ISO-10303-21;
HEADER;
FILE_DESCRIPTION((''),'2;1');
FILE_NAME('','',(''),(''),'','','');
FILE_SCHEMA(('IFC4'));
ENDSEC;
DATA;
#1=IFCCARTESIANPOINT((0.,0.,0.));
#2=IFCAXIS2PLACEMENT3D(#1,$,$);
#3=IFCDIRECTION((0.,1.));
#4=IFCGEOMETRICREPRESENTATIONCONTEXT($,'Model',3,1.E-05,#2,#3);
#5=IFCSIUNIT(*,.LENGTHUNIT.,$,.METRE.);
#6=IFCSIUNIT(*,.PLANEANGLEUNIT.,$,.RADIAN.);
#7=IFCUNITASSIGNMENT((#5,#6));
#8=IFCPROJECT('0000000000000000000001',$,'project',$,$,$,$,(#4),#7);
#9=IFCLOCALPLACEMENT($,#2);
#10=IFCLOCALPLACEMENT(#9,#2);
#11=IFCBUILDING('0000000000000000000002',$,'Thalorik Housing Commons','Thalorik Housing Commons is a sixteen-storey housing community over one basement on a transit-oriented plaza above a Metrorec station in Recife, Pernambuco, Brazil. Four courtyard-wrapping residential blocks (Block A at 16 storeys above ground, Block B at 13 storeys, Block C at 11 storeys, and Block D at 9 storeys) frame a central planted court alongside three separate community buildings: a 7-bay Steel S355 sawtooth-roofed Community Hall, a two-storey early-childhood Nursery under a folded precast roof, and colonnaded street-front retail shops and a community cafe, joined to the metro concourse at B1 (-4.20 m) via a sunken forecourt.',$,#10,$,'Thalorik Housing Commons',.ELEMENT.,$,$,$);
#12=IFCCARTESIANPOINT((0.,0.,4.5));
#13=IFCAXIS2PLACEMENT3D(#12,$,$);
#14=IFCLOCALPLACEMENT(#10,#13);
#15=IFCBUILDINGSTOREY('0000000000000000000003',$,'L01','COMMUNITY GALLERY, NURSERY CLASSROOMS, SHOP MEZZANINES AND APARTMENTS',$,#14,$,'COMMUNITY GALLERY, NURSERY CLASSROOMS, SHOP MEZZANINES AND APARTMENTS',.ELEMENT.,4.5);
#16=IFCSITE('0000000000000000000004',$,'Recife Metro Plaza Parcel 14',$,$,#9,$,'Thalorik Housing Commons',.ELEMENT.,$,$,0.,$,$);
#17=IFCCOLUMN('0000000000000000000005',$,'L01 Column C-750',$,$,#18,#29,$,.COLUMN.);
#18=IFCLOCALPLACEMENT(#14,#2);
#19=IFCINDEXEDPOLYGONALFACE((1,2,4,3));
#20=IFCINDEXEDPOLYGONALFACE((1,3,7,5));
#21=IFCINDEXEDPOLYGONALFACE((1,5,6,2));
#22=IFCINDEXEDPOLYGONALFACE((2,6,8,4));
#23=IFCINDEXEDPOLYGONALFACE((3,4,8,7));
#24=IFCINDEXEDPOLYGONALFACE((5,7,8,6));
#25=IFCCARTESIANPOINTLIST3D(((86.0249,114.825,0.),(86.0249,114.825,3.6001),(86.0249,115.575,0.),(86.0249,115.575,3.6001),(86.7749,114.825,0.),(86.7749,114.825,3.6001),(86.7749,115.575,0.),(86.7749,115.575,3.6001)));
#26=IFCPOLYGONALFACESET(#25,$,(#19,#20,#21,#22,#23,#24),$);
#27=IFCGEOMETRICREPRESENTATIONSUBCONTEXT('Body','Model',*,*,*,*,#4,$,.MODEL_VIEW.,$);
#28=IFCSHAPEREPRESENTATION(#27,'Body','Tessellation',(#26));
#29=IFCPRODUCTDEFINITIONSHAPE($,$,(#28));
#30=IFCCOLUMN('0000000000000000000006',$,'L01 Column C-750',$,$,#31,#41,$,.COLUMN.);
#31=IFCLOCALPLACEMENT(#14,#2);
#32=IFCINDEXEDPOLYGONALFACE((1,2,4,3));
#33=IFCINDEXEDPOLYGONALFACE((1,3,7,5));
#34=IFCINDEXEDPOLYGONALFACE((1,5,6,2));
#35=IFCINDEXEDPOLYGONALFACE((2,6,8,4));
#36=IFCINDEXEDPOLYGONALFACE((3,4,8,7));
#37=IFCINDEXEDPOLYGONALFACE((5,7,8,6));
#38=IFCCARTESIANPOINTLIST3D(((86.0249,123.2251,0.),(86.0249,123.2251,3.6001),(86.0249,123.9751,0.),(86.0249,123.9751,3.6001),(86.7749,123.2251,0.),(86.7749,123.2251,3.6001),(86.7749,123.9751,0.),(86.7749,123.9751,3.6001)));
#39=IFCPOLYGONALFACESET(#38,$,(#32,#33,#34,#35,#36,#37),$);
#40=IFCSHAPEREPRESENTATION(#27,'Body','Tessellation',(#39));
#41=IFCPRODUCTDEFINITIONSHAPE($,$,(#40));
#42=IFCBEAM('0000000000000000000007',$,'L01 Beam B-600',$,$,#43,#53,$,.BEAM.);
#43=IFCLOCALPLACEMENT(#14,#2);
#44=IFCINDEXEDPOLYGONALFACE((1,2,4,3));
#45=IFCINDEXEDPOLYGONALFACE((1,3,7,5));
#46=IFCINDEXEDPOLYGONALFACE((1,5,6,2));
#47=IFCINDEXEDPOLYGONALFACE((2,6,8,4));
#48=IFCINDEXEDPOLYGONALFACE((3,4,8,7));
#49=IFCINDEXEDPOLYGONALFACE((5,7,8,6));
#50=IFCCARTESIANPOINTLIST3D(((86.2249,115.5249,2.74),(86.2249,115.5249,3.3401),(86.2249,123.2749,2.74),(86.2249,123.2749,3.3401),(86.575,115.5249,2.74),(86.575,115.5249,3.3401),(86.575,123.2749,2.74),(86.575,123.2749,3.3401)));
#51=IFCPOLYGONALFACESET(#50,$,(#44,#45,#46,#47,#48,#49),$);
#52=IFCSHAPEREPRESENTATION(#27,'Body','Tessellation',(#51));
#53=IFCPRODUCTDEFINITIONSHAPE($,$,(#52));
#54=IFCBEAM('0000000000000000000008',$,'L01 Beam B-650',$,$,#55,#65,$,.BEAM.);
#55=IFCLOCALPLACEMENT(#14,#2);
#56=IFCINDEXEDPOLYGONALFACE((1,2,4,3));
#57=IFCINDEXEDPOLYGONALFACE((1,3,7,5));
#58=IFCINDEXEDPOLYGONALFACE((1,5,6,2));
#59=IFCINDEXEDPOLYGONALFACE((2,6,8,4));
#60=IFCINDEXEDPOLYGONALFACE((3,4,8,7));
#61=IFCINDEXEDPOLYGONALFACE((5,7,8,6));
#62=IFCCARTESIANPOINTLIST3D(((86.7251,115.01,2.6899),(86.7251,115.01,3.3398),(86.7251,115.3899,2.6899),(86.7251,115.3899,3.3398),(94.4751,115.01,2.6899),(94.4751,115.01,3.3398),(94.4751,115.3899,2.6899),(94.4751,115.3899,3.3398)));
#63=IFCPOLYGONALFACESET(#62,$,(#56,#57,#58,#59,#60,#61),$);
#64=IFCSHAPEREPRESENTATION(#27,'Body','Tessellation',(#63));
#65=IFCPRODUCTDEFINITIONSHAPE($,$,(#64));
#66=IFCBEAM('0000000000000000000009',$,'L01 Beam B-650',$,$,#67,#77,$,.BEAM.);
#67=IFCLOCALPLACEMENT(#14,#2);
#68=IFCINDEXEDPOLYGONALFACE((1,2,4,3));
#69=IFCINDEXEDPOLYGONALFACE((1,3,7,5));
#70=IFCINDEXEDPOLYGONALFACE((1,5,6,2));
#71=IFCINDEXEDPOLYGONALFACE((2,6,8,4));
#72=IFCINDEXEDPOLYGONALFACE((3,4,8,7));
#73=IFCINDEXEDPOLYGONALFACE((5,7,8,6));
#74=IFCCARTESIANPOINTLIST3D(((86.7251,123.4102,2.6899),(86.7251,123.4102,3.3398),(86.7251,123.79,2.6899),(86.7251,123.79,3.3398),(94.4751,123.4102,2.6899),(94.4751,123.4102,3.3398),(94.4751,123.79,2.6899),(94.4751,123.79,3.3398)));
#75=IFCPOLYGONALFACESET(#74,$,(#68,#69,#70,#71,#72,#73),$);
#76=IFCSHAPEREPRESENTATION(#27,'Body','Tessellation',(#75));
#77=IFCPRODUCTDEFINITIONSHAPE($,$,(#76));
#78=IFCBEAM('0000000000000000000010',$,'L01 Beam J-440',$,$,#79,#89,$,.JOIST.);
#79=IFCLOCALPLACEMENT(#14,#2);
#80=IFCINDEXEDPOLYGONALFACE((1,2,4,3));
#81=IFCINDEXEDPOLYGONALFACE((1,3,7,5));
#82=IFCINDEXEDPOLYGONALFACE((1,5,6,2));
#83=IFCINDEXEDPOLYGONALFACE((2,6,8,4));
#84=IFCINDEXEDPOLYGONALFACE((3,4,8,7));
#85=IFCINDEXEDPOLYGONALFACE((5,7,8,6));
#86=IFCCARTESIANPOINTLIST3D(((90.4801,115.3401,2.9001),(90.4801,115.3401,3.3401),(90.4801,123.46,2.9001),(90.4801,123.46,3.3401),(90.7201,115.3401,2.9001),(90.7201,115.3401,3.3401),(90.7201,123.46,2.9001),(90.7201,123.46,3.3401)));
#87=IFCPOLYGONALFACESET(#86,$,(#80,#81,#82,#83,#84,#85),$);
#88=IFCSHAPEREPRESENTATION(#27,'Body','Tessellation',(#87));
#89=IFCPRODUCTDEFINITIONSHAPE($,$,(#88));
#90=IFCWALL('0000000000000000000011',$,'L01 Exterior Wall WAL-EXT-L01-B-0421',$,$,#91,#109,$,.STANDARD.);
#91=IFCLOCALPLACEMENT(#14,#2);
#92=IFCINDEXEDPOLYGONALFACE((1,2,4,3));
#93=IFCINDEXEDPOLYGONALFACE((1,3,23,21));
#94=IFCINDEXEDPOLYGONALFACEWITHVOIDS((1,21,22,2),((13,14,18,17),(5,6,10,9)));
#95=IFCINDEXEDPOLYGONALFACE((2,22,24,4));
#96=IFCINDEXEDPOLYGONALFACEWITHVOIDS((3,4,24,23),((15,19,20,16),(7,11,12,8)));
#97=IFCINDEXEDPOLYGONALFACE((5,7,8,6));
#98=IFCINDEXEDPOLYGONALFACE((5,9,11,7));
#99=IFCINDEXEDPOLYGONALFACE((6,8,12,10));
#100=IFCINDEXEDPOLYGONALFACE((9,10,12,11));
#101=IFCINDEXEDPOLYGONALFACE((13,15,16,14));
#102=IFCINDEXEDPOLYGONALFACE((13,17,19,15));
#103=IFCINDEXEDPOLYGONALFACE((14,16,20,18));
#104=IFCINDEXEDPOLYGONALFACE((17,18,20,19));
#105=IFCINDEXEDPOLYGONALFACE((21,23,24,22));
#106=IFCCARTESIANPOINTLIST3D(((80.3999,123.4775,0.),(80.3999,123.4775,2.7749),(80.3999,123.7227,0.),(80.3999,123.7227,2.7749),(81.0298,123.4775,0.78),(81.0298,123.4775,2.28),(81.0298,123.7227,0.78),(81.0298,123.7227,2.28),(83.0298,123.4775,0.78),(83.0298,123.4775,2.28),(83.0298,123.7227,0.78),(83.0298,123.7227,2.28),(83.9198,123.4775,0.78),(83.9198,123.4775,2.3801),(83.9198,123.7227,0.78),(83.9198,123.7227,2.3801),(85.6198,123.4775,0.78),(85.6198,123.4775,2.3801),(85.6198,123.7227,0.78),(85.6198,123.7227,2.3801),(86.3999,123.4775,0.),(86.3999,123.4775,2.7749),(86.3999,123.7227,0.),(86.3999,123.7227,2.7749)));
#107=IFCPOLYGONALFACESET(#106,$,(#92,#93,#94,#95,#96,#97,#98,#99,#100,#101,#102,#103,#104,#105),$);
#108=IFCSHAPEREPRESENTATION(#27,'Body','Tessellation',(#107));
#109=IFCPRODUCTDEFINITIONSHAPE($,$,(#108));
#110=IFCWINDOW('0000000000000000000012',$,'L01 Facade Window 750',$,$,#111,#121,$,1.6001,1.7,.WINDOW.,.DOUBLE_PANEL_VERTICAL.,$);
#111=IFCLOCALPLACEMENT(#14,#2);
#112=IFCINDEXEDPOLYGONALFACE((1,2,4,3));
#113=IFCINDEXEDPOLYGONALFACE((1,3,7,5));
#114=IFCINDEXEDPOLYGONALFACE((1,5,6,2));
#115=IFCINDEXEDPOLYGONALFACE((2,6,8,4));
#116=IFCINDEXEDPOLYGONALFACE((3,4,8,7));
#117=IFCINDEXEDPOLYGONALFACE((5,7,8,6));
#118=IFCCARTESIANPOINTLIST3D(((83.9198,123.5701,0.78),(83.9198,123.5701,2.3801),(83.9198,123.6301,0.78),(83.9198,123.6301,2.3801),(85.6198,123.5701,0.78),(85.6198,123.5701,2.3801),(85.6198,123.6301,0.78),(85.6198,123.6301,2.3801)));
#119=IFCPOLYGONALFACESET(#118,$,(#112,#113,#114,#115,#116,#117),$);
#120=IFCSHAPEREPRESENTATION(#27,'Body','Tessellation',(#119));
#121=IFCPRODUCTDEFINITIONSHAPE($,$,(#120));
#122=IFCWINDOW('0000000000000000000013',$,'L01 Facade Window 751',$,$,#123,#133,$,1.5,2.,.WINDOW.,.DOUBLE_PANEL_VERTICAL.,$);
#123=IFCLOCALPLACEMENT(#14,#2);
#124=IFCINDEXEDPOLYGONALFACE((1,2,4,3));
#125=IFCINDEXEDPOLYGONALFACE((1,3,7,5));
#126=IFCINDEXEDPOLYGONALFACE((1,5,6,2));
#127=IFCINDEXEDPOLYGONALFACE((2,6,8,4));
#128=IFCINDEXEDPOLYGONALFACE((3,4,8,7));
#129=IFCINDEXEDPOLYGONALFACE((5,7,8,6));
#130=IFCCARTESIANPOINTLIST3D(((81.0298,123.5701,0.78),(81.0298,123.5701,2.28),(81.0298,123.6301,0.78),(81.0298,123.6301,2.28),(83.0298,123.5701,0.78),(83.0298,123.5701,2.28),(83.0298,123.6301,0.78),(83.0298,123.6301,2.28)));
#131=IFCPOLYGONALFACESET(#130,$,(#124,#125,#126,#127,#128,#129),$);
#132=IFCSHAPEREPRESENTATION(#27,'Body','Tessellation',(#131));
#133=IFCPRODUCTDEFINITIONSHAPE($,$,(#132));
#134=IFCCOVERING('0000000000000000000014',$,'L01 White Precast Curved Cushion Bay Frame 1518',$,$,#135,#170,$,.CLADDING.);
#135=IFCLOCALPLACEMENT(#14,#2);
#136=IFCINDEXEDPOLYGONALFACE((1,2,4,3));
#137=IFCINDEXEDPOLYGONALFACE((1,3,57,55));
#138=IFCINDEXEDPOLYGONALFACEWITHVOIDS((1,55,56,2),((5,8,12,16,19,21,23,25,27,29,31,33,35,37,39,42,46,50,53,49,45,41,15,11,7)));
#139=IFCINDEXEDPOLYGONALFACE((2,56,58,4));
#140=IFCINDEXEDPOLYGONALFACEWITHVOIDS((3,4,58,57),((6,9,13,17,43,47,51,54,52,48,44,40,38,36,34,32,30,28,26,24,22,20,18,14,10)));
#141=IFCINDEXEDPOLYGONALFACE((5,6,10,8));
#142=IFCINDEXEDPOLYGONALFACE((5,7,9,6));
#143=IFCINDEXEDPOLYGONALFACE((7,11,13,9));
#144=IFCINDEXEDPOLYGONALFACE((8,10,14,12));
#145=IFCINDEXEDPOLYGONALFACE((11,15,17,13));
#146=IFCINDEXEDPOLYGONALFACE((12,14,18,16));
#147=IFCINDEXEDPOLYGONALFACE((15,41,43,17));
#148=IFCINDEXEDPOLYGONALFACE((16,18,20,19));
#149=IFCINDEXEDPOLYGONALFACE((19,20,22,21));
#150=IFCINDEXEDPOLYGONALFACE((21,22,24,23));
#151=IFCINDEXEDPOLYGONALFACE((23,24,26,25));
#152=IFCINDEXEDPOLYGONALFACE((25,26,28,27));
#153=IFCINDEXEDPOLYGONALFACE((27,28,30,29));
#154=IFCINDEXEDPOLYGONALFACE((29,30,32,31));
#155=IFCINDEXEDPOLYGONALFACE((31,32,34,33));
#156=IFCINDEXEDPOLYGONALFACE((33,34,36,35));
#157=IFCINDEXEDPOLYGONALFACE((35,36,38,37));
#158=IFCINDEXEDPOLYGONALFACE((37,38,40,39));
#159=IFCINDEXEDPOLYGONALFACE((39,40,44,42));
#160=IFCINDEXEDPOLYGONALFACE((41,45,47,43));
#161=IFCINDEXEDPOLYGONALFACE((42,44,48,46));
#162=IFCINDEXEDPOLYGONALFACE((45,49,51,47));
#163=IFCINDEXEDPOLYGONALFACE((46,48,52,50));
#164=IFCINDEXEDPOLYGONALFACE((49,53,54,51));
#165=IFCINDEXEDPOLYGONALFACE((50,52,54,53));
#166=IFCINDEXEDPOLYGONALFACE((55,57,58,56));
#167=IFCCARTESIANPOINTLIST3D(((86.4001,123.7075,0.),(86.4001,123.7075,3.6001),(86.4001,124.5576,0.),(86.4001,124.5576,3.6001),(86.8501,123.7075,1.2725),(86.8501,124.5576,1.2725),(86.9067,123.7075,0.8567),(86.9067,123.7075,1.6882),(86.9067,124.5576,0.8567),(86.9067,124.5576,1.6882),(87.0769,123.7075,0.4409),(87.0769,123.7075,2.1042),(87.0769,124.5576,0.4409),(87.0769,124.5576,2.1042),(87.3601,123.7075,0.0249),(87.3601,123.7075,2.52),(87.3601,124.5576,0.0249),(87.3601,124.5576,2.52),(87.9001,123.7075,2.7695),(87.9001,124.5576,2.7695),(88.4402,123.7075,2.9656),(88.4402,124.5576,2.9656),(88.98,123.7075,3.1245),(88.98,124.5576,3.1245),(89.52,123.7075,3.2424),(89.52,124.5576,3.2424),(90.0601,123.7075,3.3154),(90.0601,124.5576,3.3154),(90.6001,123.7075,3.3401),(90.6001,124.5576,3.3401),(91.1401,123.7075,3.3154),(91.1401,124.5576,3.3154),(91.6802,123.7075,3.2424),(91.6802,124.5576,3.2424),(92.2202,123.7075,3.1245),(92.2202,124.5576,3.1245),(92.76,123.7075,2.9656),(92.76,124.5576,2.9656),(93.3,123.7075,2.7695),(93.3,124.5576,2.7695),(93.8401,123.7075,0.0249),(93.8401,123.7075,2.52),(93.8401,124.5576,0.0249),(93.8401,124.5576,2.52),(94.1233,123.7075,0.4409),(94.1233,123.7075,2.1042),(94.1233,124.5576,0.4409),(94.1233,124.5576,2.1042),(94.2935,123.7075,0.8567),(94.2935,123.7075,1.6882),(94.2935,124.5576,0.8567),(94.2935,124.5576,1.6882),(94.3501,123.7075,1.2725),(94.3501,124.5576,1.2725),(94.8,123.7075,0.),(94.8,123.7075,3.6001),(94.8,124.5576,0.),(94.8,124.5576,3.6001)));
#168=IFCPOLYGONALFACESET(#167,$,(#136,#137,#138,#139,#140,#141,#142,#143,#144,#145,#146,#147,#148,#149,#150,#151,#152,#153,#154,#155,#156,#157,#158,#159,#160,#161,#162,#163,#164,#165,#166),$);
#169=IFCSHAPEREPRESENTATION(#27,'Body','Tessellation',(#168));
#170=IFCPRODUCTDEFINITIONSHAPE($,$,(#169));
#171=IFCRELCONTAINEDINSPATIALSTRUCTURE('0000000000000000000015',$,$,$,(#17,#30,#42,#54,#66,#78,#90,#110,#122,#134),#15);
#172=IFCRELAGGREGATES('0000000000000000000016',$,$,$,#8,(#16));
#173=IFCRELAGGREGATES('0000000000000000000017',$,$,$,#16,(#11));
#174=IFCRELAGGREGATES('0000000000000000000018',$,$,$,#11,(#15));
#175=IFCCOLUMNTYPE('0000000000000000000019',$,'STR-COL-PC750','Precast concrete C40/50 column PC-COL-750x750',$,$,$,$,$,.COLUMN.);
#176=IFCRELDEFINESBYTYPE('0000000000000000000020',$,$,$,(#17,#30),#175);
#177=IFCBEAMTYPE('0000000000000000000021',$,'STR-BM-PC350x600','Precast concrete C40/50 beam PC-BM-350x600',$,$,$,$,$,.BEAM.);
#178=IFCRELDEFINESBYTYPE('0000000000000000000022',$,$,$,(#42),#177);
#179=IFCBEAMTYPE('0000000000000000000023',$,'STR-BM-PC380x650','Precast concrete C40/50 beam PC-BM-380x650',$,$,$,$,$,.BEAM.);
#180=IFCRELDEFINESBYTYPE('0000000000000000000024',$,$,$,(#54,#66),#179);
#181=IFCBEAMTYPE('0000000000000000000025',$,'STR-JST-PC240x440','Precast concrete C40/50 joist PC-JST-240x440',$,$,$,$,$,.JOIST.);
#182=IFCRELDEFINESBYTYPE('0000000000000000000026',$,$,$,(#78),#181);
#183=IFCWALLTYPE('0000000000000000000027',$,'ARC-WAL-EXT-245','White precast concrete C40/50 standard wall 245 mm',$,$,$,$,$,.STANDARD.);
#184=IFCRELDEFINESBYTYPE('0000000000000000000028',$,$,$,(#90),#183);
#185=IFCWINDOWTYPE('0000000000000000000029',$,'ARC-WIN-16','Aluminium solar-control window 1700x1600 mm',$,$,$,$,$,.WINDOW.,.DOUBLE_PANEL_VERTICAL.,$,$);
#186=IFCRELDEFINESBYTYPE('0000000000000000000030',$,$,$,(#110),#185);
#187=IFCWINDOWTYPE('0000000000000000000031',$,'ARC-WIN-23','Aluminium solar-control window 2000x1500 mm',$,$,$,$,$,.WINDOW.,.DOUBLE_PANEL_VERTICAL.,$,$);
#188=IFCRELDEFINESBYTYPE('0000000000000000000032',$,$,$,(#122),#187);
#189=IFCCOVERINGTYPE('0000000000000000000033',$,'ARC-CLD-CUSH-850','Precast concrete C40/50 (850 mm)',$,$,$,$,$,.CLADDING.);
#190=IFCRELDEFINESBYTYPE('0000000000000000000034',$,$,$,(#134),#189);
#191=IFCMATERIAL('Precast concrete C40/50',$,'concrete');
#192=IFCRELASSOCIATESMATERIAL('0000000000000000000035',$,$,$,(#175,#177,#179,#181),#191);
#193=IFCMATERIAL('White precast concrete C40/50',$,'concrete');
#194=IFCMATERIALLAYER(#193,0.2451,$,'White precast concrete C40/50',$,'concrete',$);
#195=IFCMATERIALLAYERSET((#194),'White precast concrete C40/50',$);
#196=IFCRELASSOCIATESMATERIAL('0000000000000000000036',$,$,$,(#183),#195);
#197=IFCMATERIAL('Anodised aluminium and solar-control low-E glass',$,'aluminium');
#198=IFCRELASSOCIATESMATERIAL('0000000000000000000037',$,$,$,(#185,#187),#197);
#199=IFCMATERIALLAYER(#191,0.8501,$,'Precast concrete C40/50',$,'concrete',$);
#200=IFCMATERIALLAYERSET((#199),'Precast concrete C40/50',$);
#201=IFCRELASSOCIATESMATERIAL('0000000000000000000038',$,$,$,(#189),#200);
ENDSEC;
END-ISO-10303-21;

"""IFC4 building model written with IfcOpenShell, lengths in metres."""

from ifc_helpers import new_model, si_unit, direction, frame, frame_2d, origin, origin_2d, place, context, subcontext, project, spatial, polyline, rectangle, outline, extrude, material, layer, layer_set, material_profile, profile_set, type_object, element, fill, save


model = new_model("IFC4")

# Units and contexts
model_context = context("Model", 3, precision=1e-05, world=origin(), true_north=direction((0.0, 1.0)))
body_context = subcontext(model_context, "Body", "Model", "MODEL_VIEW")
ifc_project = project(units=[si_unit("LENGTHUNIT", "METRE"), si_unit("PLANEANGLEUNIT", "RADIAN")], contexts=[model_context])

# Site, building, storey
site_placement = place(None, origin())
site = spatial("IfcSite", under=ifc_project, at=site_placement, Name="Recife Metro Plaza Parcel 14", LongName="Thalorik Housing Commons", CompositionType="ELEMENT", RefElevation=0.0)
building_placement = place(site_placement, origin())
building = spatial("IfcBuilding", under=site, at=building_placement, Name="Thalorik Housing Commons", Description="Thalorik Housing Commons is a sixteen-storey housing community over one basement on a transit-oriented plaza above a Metrorec station in Recife, Pernambuco, Brazil. Four courtyard-wrapping residential blocks (Block A at 16 storeys above ground, Block B at 13 storeys, Block C at 11 storeys, and Block D at 9 storeys) frame a central planted court alongside three separate community buildings: a 7-bay Steel S355 sawtooth-roofed Community Hall, a two-storey early-childhood Nursery under a folded precast roof, and colonnaded street-front retail shops and a community cafe, joined to the metro concourse at B1 (-4.20 m) via a sunken forecourt.", LongName="Thalorik Housing Commons", CompositionType="ELEMENT")
storey_placement = place(building_placement, frame((0.0, 0.0, 4.5)))
storey = spatial("IfcBuildingStorey", under=building, at=storey_placement, Name="L01", Description="COMMUNITY GALLERY, NURSERY CLASSROOMS, SHOP MEZZANINES AND APARTMENTS", LongName="COMMUNITY GALLERY, NURSERY CLASSROOMS, SHOP MEZZANINES AND APARTMENTS", CompositionType="ELEMENT", Elevation=4.5)

# Columns
ifc_material_1 = material(Name="Precast concrete C40/50", Category="concrete")
ifc_material_profile_1 = material_profile(ifc_material_1, rectangle(XDim=0.75, YDim=0.75, at=origin_2d()), Name="PC 750x750", Category="concrete")
ifc_profile_set_1 = profile_set([ifc_material_profile_1], Name="Precast concrete C40/50")
column_type = type_object("IfcColumnType", Name="STR-COL-PC750", Description="Precast concrete C40/50 column PC-COL-750x750", PredefinedType="COLUMN", material=ifc_profile_set_1)
for number, where, z_axis, x_axis, name in (
    (1, (86.3999, 115.2, 0.0), (0.0, 0.0, 1.0), (1.0, 0.0, 0.0), "L01 Column C-750"),
    (2, (86.3999, 123.6001, 0.0), (0.0, 0.0, 1.0), (1.0, 0.0, 0.0), "L01 Column C-750"),
):
    element("IfcColumn", number, at=place(storey_placement, frame(where, z_axis=z_axis, x_axis=x_axis)), inside=storey, type_object=column_type, Name=name, PredefinedType="COLUMN", context=body_context, shape_type="SweptSolid", body=[
        extrude(rectangle(XDim=0.75, YDim=0.75, at=origin_2d()), origin(), (0.0, 0.0, 1.0), 3.6001),
    ])

# Beams
ifc_material_profile_2 = material_profile(ifc_material_1, rectangle(XDim=0.3501, YDim=0.6001, at=origin_2d()), Name="PC 350x600", Category="concrete")
ifc_profile_set_2 = profile_set([ifc_material_profile_2], Name="Precast concrete C40/50")
beam_type_1 = type_object("IfcBeamType", Name="STR-BM-PC350x600", Description="Precast concrete C40/50 beam PC-BM-350x600", PredefinedType="BEAM", material=ifc_profile_set_2)
beam_1_placement = place(storey_placement, frame((86.3999, 115.5249, 3.04), z_axis=(0.0, 1.0, 0.0), x_axis=(-1.0, 0.0, 0.0)))
element("IfcBeam", 3, at=beam_1_placement, inside=storey, type_object=beam_type_1, Name="L01 Beam B-600", PredefinedType="BEAM", context=body_context, shape_type="SweptSolid", body=[
    extrude(rectangle(XDim=0.3501, YDim=0.6001, at=origin_2d()), origin(), (0.0, 0.0, 1.0), 7.75),
])
ifc_material_profile_3 = material_profile(ifc_material_1, rectangle(XDim=0.3799, YDim=0.6499, at=origin_2d()), Name="PC 380x650", Category="concrete")
ifc_profile_set_3 = profile_set([ifc_material_profile_3], Name="Precast concrete C40/50")
beam_type_2 = type_object("IfcBeamType", Name="STR-BM-PC380x650", Description="Precast concrete C40/50 beam PC-BM-380x650", PredefinedType="BEAM", material=ifc_profile_set_3)
for number, where, z_axis, x_axis, name in (
    (4, (86.7251, 115.2, 3.0149), (1.0, 0.0, 0.0), (0.0, 1.0, 0.0), "L01 Beam B-650"),
    (5, (86.7251, 123.6001, 3.0149), (1.0, 0.0, 0.0), (0.0, 1.0, 0.0), "L01 Beam B-650"),
):
    element("IfcBeam", number, at=place(storey_placement, frame(where, z_axis=z_axis, x_axis=x_axis)), inside=storey, type_object=beam_type_2, Name=name, PredefinedType="BEAM", context=body_context, shape_type="SweptSolid", body=[
        extrude(rectangle(XDim=0.3799, YDim=0.6499, at=origin_2d()), origin(), (0.0, 0.0, 1.0), 7.75),
    ])
ifc_material_profile_4 = material_profile(ifc_material_1, rectangle(XDim=0.24, YDim=0.4399, at=origin_2d()), Name="PC JST 240x440", Category="concrete")
ifc_profile_set_4 = profile_set([ifc_material_profile_4], Name="Precast concrete C40/50")
beam_type_3 = type_object("IfcBeamType", Name="STR-JST-PC240x440", Description="Precast concrete C40/50 joist PC-JST-240x440", PredefinedType="JOIST", material=ifc_profile_set_4)
beam_2_placement = place(storey_placement, frame((90.6001, 115.3401, 3.1201), z_axis=(0.0, 1.0, 0.0), x_axis=(-1.0, 0.0, 0.0)))
element("IfcBeam", 6, at=beam_2_placement, inside=storey, type_object=beam_type_3, Name="L01 Beam J-440", PredefinedType="JOIST", context=body_context, shape_type="SweptSolid", body=[
    extrude(rectangle(XDim=0.24, YDim=0.4399, at=origin_2d()), origin(), (0.0, 0.0, 1.0), 8.1199),
])

# Wall, openings, windows
ifc_material_2 = material(Name="White precast concrete C40/50", Category="concrete")
ifc_layer_1 = layer(ifc_material_2, 0.2451, Name="White precast concrete C40/50", Category="concrete")
ifc_layer_set_1 = layer_set([ifc_layer_1], Name="White precast concrete C40/50")
wall_type = type_object("IfcWallType", Name="ARC-WAL-EXT-245", Description="White precast concrete C40/50 standard wall 245 mm", PredefinedType="STANDARD", material=ifc_layer_set_1)
wall_placement = place(storey_placement, frame((86.3999, 123.6001, 0.0), z_axis=(0.0, 0.0, 1.0), x_axis=(-1.0, 0.0, 0.0)))
wall = element("IfcWall", 7, at=wall_placement, inside=storey, type_object=wall_type, Name="L01 Exterior Wall WAL-EXT-L01-B-0421", PredefinedType="STANDARD", context=body_context, shape_type="SweptSolid", body=[
    extrude(rectangle(XDim=6.0, YDim=0.2451, at=frame_2d((3.0, 0.0))), origin(), (0.0, 0.0, 1.0), 2.7749),
])
opening_1_placement = place(wall_placement, frame((0.78, 0.0, 0.78)))
opening_1 = element("IfcOpeningElement", 8, at=opening_1_placement, cuts=wall, PredefinedType="OPENING", context=body_context, shape_type="SweptSolid", body=[
    extrude(rectangle(XDim=1.7, YDim=1.6001, at=frame_2d((0.8501, 0.8))), frame((0.0, 0.1326, 0.0), z_axis=(0.0, -1.0, 0.0), x_axis=(1.0, 0.0, 0.0)), (0.0, 0.0, 1.0), 0.2651),
])
opening_2_placement = place(wall_placement, frame((3.3701, 0.0, 0.78)))
opening_2 = element("IfcOpeningElement", 9, at=opening_2_placement, cuts=wall, PredefinedType="OPENING", context=body_context, shape_type="SweptSolid", body=[
    extrude(rectangle(XDim=2.0, YDim=1.5, at=frame_2d((1.0, 0.75))), frame((0.0, 0.1326, 0.0), z_axis=(0.0, -1.0, 0.0), x_axis=(1.0, 0.0, 0.0)), (0.0, 0.0, 1.0), 0.2651),
])
ifc_material_3 = material(Name="Anodised aluminium and solar-control low-E glass", Category="aluminium")
window_type_1 = type_object("IfcWindowType", Name="ARC-WIN-16", Description="Aluminium solar-control window 1700x1600 mm", PartitioningType="DOUBLE_PANEL_VERTICAL", PredefinedType="WINDOW", material=ifc_material_3)
window_1_placement = place(opening_1_placement, origin())
window_1 = element("IfcWindow", 10, at=window_1_placement, inside=storey, type_object=window_type_1, Name="L01 Facade Window 750", OverallHeight=1.6001, OverallWidth=1.7, PartitioningType="DOUBLE_PANEL_VERTICAL", PredefinedType="WINDOW", context=body_context, shape_type="SweptSolid", body=[
    extrude(rectangle(XDim=1.7, YDim=1.6001, at=frame_2d((0.8501, 0.8))), frame((0.0, 0.03, 0.0), z_axis=(0.0, -1.0, 0.0), x_axis=(1.0, 0.0, 0.0)), (0.0, 0.0, 1.0), 0.0601),
])
fill(opening_1, window_1)
window_type_2 = type_object("IfcWindowType", Name="ARC-WIN-23", Description="Aluminium solar-control window 2000x1500 mm", PartitioningType="DOUBLE_PANEL_VERTICAL", PredefinedType="WINDOW", material=ifc_material_3)
window_2_placement = place(opening_2_placement, origin())
window_2 = element("IfcWindow", 11, at=window_2_placement, inside=storey, type_object=window_type_2, Name="L01 Facade Window 751", OverallHeight=1.5, OverallWidth=2.0, PartitioningType="DOUBLE_PANEL_VERTICAL", PredefinedType="WINDOW", context=body_context, shape_type="SweptSolid", body=[
    extrude(rectangle(XDim=2.0, YDim=1.5, at=frame_2d((1.0, 0.75))), frame((0.0, 0.03, 0.0), z_axis=(0.0, -1.0, 0.0), x_axis=(1.0, 0.0, 0.0)), (0.0, 0.0, 1.0), 0.0601),
])
fill(opening_2, window_2)

# Covering
ifc_layer_2 = layer(ifc_material_1, 0.8501, Name="Precast concrete C40/50", Category="concrete")
ifc_layer_set_2 = layer_set([ifc_layer_2], Name="Precast concrete C40/50")
covering_type_1 = type_object("IfcCoveringType", Name="ARC-CLD-CUSH-850", Description="Precast concrete C40/50 (850 mm)", PredefinedType="CLADDING", material=ifc_layer_set_2)
covering_1_placement = place(storey_placement, frame((90.6001, 124.1326, 0.0), z_axis=(0.0, 0.0, 1.0), x_axis=(-1.0, 0.0, 0.0)))
element("IfcCovering", 12, at=covering_1_placement, inside=storey, type_object=covering_type_1, Name="L01 White Precast Curved Cushion Bay Frame 1518", PredefinedType="CLADDING", context=body_context, shape_type="SweptSolid", body=[
    extrude(outline(polyline([(-4.2, 0.0), (4.2, 0.0), (4.2, 3.6001), (-4.2, 3.6001), (-4.2, 0.0)]), holes=[polyline([(3.24, 0.0249), (3.5232, 0.4409), (3.6934, 0.8567), (3.75, 1.2725), (3.6934, 1.6882), (3.5232, 2.1042), (3.24, 2.52), (2.7, 2.7695), (2.1599, 2.9656), (1.6201, 3.1245), (1.0801, 3.2424), (0.54, 3.3154), (0.0, 3.3401), (-0.54, 3.3154), (-1.0801, 3.2424), (-1.6201, 3.1245), (-2.1599, 2.9656), (-2.7, 2.7695), (-3.24, 2.52), (-3.5232, 2.1042), (-3.6934, 1.6882), (-3.75, 1.2725), (-3.6934, 0.8567), (-3.5232, 0.4409), (-3.24, 0.0249), (3.24, 0.0249)])]), frame((0.0, 0.425, 0.0), z_axis=(0.0, -1.0, 0.0), x_axis=(1.0, 0.0, 0.0)), (0.0, 0.0, 1.0), 0.8501),
])

save(model, "model.ifc")
